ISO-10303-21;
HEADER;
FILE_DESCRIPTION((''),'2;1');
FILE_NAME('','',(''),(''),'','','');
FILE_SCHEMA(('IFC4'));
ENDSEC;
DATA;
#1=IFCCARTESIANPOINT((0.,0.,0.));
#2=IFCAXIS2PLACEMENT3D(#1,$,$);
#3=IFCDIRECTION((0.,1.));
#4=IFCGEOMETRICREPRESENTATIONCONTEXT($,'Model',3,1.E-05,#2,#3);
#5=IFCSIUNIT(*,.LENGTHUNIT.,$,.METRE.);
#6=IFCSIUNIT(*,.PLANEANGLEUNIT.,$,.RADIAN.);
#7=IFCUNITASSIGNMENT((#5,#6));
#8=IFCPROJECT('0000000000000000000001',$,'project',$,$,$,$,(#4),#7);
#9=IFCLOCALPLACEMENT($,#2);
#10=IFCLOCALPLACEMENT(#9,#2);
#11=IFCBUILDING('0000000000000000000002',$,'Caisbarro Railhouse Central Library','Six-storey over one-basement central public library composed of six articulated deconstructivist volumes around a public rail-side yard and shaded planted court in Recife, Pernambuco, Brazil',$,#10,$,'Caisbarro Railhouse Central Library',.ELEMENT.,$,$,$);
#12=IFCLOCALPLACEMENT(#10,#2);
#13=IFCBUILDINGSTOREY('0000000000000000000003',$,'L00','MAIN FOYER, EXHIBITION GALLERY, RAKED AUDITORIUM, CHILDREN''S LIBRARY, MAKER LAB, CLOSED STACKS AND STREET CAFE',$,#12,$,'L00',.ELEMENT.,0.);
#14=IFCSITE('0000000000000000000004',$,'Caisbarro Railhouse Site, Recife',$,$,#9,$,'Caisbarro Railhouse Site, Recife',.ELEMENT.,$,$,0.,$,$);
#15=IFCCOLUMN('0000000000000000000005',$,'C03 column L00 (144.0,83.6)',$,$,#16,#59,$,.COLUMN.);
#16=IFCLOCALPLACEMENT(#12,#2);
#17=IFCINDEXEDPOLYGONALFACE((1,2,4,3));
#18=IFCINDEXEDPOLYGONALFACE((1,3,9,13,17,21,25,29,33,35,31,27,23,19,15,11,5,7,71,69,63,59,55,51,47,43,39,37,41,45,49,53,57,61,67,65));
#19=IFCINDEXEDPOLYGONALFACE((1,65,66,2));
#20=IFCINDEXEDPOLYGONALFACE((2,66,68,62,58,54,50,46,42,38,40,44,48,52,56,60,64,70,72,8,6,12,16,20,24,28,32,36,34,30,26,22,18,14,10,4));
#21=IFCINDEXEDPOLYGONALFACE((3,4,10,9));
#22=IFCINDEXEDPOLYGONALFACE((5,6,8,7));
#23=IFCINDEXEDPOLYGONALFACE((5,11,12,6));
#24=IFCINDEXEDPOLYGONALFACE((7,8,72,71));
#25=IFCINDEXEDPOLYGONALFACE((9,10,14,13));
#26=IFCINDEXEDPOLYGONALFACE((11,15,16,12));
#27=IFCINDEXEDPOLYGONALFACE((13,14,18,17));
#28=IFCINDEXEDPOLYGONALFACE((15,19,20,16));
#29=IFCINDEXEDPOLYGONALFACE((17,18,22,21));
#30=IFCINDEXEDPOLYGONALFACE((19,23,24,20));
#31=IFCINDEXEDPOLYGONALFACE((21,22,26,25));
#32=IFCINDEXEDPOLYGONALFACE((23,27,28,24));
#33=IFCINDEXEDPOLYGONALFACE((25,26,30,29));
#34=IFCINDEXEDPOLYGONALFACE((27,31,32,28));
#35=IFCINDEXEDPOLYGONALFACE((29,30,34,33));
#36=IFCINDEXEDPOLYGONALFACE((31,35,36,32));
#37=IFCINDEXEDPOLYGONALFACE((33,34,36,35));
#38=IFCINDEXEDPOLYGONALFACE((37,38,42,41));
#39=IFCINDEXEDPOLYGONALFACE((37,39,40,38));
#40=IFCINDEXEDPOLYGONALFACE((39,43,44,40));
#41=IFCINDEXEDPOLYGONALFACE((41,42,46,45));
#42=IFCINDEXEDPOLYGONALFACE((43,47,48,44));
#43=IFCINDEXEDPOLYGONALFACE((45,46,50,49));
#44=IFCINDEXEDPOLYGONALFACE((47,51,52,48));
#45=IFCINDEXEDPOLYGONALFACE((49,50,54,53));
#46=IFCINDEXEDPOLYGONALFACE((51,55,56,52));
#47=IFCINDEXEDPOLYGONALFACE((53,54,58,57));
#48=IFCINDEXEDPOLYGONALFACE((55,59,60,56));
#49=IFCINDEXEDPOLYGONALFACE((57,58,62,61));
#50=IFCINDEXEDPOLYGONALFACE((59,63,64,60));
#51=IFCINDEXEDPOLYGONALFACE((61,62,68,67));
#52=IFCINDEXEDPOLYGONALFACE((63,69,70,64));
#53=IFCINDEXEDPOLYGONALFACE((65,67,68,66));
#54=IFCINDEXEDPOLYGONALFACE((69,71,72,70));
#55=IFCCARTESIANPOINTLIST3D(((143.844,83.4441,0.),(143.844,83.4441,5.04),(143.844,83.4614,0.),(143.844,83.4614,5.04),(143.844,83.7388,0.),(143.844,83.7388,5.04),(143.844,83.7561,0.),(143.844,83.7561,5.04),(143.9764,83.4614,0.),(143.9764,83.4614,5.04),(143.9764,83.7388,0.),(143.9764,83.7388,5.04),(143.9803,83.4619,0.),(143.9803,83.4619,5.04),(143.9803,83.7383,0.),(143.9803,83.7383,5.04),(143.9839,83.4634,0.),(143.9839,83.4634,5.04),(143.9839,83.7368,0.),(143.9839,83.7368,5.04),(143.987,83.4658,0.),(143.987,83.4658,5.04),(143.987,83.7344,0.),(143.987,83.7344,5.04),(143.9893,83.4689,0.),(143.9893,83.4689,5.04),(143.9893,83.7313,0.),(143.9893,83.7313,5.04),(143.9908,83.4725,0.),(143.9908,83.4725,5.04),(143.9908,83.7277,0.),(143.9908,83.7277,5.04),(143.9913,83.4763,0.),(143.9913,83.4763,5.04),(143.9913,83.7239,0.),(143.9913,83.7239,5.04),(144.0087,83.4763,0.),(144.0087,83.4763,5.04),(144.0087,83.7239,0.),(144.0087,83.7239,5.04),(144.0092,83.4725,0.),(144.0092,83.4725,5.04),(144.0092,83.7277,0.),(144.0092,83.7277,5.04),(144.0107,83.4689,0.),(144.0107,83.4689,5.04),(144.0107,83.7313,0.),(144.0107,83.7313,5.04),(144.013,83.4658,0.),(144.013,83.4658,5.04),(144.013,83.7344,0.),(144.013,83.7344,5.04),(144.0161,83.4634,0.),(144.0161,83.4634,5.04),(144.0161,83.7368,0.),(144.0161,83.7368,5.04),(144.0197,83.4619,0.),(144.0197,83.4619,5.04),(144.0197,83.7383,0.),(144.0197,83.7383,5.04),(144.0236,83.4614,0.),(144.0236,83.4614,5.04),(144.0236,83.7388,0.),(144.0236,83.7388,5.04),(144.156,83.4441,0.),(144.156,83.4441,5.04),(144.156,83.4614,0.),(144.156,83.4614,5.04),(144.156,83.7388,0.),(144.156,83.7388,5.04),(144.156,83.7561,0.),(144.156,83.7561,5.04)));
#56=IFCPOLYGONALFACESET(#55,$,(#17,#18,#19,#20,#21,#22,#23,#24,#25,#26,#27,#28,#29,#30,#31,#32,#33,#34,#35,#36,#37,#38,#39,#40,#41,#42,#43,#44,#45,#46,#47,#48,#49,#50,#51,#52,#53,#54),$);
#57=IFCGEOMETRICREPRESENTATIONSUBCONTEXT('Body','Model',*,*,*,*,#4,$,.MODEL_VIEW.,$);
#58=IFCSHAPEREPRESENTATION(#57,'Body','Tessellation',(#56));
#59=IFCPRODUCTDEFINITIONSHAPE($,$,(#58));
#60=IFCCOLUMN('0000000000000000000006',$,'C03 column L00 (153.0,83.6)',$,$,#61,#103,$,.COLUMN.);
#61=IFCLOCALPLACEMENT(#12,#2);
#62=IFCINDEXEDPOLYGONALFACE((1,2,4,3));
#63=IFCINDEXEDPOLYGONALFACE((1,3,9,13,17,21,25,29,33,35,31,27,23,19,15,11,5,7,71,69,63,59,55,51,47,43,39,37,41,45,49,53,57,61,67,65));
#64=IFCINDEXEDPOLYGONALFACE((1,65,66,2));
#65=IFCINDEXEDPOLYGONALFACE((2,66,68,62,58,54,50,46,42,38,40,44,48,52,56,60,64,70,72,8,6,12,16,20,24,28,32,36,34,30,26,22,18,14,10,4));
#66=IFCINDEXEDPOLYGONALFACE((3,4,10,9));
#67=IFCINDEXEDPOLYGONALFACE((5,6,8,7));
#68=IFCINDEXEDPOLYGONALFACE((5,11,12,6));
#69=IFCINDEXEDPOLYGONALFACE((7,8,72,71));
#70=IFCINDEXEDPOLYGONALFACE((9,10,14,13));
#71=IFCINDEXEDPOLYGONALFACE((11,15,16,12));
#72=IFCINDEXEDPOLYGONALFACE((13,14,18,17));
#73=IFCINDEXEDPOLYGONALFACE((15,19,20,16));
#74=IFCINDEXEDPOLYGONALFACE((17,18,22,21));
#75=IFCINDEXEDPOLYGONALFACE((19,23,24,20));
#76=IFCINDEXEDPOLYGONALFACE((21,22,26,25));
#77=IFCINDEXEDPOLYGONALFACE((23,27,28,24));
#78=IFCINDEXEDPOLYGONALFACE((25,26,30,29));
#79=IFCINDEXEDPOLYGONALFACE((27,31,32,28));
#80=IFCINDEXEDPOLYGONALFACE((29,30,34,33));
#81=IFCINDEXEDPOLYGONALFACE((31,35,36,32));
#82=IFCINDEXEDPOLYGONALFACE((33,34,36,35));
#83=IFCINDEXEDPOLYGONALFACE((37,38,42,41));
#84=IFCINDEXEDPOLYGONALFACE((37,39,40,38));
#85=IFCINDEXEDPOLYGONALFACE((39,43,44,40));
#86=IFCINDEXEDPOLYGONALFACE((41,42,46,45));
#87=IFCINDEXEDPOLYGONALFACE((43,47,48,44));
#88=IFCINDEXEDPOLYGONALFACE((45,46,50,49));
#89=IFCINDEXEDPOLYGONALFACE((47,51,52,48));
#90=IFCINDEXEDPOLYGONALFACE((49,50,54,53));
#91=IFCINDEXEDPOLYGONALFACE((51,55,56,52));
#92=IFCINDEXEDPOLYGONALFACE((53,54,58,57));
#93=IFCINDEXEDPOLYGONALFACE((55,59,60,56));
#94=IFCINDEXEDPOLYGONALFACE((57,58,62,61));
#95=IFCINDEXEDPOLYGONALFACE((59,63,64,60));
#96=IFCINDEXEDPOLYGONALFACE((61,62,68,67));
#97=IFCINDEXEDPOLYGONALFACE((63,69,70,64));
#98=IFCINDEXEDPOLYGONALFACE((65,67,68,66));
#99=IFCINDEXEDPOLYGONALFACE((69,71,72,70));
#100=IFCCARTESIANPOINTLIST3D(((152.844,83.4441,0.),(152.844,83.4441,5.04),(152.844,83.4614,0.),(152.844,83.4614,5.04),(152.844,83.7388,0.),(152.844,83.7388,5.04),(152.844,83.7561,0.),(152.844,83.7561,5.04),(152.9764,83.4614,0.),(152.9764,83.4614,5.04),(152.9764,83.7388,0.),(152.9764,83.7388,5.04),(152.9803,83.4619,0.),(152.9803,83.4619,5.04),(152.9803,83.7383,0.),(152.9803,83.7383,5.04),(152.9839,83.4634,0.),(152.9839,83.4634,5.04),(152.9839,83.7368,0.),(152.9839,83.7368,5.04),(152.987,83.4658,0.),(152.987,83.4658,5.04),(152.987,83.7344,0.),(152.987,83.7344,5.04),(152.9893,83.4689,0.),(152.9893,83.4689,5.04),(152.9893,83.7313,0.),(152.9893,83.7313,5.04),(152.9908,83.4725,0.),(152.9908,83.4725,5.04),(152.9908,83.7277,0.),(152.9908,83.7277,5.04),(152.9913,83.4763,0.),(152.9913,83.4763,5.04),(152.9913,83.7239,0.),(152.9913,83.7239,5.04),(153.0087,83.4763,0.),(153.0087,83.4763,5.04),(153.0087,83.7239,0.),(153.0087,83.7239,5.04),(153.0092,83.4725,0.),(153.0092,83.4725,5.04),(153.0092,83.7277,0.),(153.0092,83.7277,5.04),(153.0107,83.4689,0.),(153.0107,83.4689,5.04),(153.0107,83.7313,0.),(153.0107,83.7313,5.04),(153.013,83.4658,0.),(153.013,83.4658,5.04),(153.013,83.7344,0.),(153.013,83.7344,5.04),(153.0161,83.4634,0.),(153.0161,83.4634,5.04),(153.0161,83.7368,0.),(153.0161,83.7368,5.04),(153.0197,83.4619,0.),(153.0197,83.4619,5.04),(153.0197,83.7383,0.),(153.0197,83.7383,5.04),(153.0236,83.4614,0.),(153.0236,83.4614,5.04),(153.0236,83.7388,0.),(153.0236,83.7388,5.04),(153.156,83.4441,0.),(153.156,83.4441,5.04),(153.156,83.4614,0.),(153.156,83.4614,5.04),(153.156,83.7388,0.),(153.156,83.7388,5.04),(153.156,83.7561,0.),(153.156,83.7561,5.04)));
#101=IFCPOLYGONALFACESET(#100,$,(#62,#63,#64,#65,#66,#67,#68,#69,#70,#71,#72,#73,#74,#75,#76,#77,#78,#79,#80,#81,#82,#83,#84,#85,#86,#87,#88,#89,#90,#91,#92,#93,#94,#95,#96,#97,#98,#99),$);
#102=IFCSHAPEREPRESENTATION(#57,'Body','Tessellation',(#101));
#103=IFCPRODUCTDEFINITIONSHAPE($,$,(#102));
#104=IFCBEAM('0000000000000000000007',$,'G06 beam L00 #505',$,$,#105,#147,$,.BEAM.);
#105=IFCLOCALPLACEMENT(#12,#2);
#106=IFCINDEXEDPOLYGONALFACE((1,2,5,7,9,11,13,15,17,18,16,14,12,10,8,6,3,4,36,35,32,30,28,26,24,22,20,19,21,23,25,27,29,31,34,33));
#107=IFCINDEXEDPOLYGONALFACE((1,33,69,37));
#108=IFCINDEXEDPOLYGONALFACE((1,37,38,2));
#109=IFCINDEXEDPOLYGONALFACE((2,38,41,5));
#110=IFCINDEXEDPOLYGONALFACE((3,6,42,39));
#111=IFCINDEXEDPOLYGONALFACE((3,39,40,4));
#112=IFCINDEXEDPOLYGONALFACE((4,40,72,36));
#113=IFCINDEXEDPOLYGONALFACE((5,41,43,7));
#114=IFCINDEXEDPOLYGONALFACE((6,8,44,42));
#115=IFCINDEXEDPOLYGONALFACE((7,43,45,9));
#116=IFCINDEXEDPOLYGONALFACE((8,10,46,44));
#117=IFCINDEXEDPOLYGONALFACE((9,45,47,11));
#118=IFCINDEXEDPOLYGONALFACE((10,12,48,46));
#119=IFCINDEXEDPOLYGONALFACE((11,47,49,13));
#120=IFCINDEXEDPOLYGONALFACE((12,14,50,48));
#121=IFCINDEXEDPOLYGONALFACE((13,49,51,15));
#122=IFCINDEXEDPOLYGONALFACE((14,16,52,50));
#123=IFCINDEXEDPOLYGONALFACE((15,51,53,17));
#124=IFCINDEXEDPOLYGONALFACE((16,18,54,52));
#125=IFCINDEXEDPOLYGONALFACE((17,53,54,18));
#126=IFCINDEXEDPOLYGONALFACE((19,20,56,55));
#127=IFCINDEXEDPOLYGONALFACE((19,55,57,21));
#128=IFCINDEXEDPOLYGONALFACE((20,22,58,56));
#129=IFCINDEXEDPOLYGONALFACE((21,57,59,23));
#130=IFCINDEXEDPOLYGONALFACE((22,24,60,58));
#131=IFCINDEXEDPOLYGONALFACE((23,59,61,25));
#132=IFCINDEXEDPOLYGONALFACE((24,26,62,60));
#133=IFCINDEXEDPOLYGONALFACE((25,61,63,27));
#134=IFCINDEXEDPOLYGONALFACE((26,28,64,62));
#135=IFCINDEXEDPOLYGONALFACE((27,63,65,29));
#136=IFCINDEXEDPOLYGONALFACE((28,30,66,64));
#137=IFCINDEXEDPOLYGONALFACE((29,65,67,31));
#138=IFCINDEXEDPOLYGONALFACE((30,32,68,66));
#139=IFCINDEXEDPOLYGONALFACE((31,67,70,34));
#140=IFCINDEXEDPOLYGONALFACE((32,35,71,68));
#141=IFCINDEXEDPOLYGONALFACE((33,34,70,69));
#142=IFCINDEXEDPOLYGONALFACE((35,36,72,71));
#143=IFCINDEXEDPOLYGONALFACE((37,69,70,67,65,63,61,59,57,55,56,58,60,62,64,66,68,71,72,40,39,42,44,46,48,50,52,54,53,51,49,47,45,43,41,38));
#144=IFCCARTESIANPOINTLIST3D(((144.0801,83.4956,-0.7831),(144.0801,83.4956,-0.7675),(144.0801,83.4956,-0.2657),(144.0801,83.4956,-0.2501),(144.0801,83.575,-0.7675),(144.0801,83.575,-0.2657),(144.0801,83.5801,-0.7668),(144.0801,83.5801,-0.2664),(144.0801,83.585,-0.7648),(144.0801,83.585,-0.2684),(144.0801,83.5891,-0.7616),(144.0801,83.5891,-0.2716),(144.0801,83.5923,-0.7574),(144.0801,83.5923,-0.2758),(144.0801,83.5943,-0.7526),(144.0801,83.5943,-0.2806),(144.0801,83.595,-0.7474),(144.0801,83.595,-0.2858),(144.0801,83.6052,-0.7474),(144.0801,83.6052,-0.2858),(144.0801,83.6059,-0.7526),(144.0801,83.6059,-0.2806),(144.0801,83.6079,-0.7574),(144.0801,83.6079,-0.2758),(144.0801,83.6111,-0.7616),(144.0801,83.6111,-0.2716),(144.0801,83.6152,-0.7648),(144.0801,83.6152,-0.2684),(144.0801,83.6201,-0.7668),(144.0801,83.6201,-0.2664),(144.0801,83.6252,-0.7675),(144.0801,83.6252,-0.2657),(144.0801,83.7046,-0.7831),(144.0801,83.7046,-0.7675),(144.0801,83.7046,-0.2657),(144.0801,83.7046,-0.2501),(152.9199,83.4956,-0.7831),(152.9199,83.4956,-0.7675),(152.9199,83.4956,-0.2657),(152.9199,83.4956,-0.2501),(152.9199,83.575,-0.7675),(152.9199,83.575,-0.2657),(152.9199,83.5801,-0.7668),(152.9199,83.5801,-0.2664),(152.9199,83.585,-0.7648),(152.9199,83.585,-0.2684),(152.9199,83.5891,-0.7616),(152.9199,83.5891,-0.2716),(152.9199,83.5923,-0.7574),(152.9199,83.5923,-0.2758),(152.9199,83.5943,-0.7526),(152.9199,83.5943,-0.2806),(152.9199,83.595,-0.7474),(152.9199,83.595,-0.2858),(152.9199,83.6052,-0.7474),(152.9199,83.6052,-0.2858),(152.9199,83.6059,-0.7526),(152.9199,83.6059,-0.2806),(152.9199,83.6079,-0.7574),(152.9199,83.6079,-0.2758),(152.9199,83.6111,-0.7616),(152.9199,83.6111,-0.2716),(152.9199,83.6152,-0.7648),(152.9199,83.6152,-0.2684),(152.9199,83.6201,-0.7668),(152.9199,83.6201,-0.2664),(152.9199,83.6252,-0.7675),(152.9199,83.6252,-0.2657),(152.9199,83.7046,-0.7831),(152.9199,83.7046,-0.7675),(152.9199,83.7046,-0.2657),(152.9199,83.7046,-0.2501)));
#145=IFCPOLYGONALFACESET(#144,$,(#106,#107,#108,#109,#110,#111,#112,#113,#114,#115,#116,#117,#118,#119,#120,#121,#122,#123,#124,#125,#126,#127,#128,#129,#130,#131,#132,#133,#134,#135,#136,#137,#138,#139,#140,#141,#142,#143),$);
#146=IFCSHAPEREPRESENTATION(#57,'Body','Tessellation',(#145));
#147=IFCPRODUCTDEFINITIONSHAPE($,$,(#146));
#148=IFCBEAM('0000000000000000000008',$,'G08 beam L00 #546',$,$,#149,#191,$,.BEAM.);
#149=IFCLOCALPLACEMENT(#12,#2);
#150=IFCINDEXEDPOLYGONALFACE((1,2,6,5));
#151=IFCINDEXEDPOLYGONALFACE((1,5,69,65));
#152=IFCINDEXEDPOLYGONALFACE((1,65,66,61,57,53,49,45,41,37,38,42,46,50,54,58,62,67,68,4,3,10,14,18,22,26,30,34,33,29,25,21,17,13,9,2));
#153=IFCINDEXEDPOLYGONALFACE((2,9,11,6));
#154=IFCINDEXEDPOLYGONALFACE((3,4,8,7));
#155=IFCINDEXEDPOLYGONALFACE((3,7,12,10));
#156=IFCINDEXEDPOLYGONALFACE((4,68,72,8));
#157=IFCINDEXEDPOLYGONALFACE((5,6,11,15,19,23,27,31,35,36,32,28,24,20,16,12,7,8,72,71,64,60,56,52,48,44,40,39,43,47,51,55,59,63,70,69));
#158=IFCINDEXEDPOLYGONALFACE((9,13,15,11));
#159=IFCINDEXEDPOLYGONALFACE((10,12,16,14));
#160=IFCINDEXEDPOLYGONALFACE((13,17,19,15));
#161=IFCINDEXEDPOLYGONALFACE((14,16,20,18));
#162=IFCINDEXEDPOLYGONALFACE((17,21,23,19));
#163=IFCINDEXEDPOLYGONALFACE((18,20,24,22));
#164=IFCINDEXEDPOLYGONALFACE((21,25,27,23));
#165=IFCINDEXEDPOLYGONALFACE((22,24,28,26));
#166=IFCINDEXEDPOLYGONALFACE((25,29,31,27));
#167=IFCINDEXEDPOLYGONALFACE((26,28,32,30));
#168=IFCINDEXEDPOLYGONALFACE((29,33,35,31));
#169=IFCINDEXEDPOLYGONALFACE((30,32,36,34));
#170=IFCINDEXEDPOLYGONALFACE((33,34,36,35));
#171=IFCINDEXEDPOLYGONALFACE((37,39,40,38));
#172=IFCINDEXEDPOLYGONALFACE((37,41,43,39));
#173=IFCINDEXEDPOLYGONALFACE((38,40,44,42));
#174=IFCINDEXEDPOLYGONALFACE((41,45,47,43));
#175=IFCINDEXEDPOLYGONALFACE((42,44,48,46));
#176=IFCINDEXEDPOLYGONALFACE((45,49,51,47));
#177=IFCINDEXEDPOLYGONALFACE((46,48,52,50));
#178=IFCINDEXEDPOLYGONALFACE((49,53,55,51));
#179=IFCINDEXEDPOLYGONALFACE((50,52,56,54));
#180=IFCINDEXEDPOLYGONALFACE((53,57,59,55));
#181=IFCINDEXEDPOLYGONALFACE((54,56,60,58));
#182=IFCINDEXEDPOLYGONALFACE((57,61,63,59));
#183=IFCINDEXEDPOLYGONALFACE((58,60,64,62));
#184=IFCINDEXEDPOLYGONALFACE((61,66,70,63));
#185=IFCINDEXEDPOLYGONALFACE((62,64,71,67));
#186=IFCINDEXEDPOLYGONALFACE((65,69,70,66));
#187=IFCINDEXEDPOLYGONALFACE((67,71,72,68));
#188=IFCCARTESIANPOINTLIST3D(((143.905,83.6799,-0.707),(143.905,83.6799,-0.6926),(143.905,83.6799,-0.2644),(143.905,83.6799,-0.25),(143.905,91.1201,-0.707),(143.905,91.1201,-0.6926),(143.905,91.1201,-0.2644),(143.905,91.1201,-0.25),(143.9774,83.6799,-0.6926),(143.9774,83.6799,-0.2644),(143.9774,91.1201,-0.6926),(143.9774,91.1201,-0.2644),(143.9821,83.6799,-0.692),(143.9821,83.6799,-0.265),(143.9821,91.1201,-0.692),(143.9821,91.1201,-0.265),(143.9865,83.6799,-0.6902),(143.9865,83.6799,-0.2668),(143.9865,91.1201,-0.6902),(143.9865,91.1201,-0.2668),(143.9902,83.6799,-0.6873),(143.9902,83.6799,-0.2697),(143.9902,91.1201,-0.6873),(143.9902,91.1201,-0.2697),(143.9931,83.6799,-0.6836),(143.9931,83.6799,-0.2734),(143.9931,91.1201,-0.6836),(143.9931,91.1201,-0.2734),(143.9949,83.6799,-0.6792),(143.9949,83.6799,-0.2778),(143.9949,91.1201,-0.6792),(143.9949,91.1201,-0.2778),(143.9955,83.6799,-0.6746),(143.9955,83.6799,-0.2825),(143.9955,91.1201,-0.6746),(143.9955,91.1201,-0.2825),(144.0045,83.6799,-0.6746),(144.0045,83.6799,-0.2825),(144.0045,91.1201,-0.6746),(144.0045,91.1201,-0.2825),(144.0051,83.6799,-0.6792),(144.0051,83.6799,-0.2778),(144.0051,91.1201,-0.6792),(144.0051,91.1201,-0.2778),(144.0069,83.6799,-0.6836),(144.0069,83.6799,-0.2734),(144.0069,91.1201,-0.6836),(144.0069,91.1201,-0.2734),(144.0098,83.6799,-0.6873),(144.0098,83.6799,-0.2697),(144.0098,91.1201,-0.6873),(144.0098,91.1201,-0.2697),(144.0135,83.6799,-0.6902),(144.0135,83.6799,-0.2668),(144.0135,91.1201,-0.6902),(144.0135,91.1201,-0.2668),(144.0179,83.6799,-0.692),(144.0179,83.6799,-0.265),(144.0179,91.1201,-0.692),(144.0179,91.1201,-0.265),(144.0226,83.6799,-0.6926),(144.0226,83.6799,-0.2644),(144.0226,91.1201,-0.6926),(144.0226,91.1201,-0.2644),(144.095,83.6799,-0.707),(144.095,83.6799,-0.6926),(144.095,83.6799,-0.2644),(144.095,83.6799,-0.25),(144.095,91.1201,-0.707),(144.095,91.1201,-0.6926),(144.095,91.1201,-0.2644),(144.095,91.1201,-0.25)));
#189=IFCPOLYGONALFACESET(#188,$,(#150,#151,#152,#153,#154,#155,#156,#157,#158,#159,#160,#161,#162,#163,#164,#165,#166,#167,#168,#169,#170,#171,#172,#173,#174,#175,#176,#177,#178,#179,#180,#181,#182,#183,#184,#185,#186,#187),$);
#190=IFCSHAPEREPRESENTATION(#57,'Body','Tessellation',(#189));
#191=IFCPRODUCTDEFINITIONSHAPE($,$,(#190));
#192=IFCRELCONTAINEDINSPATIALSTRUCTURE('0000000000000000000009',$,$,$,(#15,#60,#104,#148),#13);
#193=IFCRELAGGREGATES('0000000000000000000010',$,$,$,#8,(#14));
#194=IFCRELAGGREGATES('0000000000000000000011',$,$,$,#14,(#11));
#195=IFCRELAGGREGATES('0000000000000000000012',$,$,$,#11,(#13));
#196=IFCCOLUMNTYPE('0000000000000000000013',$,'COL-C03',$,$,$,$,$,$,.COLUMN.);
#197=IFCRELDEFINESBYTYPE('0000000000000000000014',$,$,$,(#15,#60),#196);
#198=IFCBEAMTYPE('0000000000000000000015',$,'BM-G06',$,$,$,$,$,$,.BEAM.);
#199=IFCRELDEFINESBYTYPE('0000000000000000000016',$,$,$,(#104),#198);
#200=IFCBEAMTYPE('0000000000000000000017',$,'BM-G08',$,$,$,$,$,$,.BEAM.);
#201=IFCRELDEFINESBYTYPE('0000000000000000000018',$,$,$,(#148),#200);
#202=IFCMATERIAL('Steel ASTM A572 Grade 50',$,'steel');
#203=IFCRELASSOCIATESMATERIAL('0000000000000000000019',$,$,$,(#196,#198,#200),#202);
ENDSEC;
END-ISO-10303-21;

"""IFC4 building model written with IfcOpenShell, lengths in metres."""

from ifc_helpers import new_model, si_unit, direction, frame, origin, origin_2d, place, context, subcontext, project, spatial, i_section, extrude, material, material_profile, profile_set, type_object, element, save


model = new_model("IFC4")

# Units and contexts
model_context = context("Model", 3, precision=1e-05, world=origin(), true_north=direction((0.0, 1.0)))
body_context = subcontext(model_context, "Body", "Model", "MODEL_VIEW")
ifc_project = project(units=[si_unit("LENGTHUNIT", "METRE"), si_unit("PLANEANGLEUNIT", "RADIAN")], contexts=[model_context])

# Site, building, storey
site_placement = place(None, origin())
site = spatial("IfcSite", under=ifc_project, at=site_placement, Name="Caisbarro Railhouse Site, Recife", LongName="Caisbarro Railhouse Site, Recife", CompositionType="ELEMENT", RefElevation=0.0)
building_placement = place(site_placement, origin())
building = spatial("IfcBuilding", under=site, at=building_placement, Name="Caisbarro Railhouse Central Library", Description="Six-storey over one-basement central public library composed of six articulated deconstructivist volumes around a public rail-side yard and shaded planted court in Recife, Pernambuco, Brazil", LongName="Caisbarro Railhouse Central Library", CompositionType="ELEMENT")
storey_placement = place(building_placement, origin())
storey = spatial("IfcBuildingStorey", under=building, at=storey_placement, Name="L00", Description="MAIN FOYER, EXHIBITION GALLERY, RAKED AUDITORIUM, CHILDREN'S LIBRARY, MAKER LAB, CLOSED STACKS AND STREET CAFE", LongName="L00", CompositionType="ELEMENT", Elevation=0.0)

# Columns
ifc_material_1 = material(Name="Steel ASTM A572 Grade 50", Category="steel")
ifc_material_profile_1 = material_profile(ifc_material_1, i_section(OverallWidth=0.312, OverallDepth=0.312, WebThickness=0.0173, FlangeThickness=0.0173, FilletRadius=0.0149, at=origin_2d()), Name="HP310X125.0")
ifc_profile_set_1 = profile_set([ifc_material_profile_1], Name="Steel ASTM A572 Grade 50")
column_type = type_object("IfcColumnType", Name="COL-C03", PredefinedType="COLUMN", material=ifc_profile_set_1)
for number, where, z_axis, x_axis, name in (
    (1, (144.0, 83.6001, 0.0), (0.0, 0.0, 1.0), (1.0, 0.0, 0.0), "C03 column L00 (144.0,83.6)"),
    (2, (153.0, 83.6001, 0.0), (0.0, 0.0, 1.0), (1.0, 0.0, 0.0), "C03 column L00 (153.0,83.6)"),
):
    element("IfcColumn", number, at=place(storey_placement, frame(where, z_axis=z_axis, x_axis=x_axis)), inside=storey, type_object=column_type, Name=name, PredefinedType="COLUMN", context=body_context, shape_type="SweptSolid", body=[
        extrude(i_section(OverallWidth=0.312, OverallDepth=0.312, WebThickness=0.0173, FlangeThickness=0.0173, FilletRadius=0.0149, at=origin_2d()), origin(), (0.0, 0.0, 1.0), 5.04),
    ])

# Beams
ifc_material_profile_2 = material_profile(ifc_material_1, i_section(OverallWidth=0.209, OverallDepth=0.533, WebThickness=0.0103, FlangeThickness=0.0156, FilletRadius=0.02, at=origin_2d()), Name="W530X92.0")
ifc_profile_set_2 = profile_set([ifc_material_profile_2], Name="Steel ASTM A572 Grade 50")
beam_type_1 = type_object("IfcBeamType", Name="BM-G06", PredefinedType="BEAM", material=ifc_profile_set_2)
beam_placement = place(storey_placement, frame((144.0801, 83.6001, -0.5166), z_axis=(1.0, 0.0, 0.0), x_axis=(0.0, 1.0, 0.0)))
element("IfcBeam", 3, at=beam_placement, inside=storey, type_object=beam_type_1, Name="G06 beam L00 #505", PredefinedType="BEAM", context=body_context, shape_type="SweptSolid", body=[
    extrude(i_section(OverallWidth=0.209, OverallDepth=0.533, WebThickness=0.0103, FlangeThickness=0.0156, FilletRadius=0.02, at=origin_2d()), origin(), (0.0, 0.0, 1.0), 8.8398),
])
ifc_material_profile_3 = material_profile(ifc_material_1, i_section(OverallWidth=0.1899, OverallDepth=0.457, WebThickness=0.009, FlangeThickness=0.0144, FilletRadius=0.0181, at=origin_2d()), Name="W460X74.0")
ifc_profile_set_3 = profile_set([ifc_material_profile_3], Name="Steel ASTM A572 Grade 50")
beam_type_2 = type_object("IfcBeamType", Name="BM-G08", PredefinedType="BEAM", material=ifc_profile_set_3)
for number, where, z_axis, x_axis, name in (
    (4, (144.0, 83.6799, -0.4785), (0.0, 1.0, 0.0), (-1.0, 0.0, 0.0), "G08 beam L00 #546"),
):
    element("IfcBeam", number, at=place(storey_placement, frame(where, z_axis=z_axis, x_axis=x_axis)), inside=storey, type_object=beam_type_2, Name=name, PredefinedType="BEAM", context=body_context, shape_type="SweptSolid", body=[
        extrude(i_section(OverallWidth=0.1899, OverallDepth=0.457, WebThickness=0.009, FlangeThickness=0.0144, FilletRadius=0.0181, at=origin_2d()), origin(), (0.0, 0.0, 1.0), 7.4402),
    ])

save(model, "model.ifc")
